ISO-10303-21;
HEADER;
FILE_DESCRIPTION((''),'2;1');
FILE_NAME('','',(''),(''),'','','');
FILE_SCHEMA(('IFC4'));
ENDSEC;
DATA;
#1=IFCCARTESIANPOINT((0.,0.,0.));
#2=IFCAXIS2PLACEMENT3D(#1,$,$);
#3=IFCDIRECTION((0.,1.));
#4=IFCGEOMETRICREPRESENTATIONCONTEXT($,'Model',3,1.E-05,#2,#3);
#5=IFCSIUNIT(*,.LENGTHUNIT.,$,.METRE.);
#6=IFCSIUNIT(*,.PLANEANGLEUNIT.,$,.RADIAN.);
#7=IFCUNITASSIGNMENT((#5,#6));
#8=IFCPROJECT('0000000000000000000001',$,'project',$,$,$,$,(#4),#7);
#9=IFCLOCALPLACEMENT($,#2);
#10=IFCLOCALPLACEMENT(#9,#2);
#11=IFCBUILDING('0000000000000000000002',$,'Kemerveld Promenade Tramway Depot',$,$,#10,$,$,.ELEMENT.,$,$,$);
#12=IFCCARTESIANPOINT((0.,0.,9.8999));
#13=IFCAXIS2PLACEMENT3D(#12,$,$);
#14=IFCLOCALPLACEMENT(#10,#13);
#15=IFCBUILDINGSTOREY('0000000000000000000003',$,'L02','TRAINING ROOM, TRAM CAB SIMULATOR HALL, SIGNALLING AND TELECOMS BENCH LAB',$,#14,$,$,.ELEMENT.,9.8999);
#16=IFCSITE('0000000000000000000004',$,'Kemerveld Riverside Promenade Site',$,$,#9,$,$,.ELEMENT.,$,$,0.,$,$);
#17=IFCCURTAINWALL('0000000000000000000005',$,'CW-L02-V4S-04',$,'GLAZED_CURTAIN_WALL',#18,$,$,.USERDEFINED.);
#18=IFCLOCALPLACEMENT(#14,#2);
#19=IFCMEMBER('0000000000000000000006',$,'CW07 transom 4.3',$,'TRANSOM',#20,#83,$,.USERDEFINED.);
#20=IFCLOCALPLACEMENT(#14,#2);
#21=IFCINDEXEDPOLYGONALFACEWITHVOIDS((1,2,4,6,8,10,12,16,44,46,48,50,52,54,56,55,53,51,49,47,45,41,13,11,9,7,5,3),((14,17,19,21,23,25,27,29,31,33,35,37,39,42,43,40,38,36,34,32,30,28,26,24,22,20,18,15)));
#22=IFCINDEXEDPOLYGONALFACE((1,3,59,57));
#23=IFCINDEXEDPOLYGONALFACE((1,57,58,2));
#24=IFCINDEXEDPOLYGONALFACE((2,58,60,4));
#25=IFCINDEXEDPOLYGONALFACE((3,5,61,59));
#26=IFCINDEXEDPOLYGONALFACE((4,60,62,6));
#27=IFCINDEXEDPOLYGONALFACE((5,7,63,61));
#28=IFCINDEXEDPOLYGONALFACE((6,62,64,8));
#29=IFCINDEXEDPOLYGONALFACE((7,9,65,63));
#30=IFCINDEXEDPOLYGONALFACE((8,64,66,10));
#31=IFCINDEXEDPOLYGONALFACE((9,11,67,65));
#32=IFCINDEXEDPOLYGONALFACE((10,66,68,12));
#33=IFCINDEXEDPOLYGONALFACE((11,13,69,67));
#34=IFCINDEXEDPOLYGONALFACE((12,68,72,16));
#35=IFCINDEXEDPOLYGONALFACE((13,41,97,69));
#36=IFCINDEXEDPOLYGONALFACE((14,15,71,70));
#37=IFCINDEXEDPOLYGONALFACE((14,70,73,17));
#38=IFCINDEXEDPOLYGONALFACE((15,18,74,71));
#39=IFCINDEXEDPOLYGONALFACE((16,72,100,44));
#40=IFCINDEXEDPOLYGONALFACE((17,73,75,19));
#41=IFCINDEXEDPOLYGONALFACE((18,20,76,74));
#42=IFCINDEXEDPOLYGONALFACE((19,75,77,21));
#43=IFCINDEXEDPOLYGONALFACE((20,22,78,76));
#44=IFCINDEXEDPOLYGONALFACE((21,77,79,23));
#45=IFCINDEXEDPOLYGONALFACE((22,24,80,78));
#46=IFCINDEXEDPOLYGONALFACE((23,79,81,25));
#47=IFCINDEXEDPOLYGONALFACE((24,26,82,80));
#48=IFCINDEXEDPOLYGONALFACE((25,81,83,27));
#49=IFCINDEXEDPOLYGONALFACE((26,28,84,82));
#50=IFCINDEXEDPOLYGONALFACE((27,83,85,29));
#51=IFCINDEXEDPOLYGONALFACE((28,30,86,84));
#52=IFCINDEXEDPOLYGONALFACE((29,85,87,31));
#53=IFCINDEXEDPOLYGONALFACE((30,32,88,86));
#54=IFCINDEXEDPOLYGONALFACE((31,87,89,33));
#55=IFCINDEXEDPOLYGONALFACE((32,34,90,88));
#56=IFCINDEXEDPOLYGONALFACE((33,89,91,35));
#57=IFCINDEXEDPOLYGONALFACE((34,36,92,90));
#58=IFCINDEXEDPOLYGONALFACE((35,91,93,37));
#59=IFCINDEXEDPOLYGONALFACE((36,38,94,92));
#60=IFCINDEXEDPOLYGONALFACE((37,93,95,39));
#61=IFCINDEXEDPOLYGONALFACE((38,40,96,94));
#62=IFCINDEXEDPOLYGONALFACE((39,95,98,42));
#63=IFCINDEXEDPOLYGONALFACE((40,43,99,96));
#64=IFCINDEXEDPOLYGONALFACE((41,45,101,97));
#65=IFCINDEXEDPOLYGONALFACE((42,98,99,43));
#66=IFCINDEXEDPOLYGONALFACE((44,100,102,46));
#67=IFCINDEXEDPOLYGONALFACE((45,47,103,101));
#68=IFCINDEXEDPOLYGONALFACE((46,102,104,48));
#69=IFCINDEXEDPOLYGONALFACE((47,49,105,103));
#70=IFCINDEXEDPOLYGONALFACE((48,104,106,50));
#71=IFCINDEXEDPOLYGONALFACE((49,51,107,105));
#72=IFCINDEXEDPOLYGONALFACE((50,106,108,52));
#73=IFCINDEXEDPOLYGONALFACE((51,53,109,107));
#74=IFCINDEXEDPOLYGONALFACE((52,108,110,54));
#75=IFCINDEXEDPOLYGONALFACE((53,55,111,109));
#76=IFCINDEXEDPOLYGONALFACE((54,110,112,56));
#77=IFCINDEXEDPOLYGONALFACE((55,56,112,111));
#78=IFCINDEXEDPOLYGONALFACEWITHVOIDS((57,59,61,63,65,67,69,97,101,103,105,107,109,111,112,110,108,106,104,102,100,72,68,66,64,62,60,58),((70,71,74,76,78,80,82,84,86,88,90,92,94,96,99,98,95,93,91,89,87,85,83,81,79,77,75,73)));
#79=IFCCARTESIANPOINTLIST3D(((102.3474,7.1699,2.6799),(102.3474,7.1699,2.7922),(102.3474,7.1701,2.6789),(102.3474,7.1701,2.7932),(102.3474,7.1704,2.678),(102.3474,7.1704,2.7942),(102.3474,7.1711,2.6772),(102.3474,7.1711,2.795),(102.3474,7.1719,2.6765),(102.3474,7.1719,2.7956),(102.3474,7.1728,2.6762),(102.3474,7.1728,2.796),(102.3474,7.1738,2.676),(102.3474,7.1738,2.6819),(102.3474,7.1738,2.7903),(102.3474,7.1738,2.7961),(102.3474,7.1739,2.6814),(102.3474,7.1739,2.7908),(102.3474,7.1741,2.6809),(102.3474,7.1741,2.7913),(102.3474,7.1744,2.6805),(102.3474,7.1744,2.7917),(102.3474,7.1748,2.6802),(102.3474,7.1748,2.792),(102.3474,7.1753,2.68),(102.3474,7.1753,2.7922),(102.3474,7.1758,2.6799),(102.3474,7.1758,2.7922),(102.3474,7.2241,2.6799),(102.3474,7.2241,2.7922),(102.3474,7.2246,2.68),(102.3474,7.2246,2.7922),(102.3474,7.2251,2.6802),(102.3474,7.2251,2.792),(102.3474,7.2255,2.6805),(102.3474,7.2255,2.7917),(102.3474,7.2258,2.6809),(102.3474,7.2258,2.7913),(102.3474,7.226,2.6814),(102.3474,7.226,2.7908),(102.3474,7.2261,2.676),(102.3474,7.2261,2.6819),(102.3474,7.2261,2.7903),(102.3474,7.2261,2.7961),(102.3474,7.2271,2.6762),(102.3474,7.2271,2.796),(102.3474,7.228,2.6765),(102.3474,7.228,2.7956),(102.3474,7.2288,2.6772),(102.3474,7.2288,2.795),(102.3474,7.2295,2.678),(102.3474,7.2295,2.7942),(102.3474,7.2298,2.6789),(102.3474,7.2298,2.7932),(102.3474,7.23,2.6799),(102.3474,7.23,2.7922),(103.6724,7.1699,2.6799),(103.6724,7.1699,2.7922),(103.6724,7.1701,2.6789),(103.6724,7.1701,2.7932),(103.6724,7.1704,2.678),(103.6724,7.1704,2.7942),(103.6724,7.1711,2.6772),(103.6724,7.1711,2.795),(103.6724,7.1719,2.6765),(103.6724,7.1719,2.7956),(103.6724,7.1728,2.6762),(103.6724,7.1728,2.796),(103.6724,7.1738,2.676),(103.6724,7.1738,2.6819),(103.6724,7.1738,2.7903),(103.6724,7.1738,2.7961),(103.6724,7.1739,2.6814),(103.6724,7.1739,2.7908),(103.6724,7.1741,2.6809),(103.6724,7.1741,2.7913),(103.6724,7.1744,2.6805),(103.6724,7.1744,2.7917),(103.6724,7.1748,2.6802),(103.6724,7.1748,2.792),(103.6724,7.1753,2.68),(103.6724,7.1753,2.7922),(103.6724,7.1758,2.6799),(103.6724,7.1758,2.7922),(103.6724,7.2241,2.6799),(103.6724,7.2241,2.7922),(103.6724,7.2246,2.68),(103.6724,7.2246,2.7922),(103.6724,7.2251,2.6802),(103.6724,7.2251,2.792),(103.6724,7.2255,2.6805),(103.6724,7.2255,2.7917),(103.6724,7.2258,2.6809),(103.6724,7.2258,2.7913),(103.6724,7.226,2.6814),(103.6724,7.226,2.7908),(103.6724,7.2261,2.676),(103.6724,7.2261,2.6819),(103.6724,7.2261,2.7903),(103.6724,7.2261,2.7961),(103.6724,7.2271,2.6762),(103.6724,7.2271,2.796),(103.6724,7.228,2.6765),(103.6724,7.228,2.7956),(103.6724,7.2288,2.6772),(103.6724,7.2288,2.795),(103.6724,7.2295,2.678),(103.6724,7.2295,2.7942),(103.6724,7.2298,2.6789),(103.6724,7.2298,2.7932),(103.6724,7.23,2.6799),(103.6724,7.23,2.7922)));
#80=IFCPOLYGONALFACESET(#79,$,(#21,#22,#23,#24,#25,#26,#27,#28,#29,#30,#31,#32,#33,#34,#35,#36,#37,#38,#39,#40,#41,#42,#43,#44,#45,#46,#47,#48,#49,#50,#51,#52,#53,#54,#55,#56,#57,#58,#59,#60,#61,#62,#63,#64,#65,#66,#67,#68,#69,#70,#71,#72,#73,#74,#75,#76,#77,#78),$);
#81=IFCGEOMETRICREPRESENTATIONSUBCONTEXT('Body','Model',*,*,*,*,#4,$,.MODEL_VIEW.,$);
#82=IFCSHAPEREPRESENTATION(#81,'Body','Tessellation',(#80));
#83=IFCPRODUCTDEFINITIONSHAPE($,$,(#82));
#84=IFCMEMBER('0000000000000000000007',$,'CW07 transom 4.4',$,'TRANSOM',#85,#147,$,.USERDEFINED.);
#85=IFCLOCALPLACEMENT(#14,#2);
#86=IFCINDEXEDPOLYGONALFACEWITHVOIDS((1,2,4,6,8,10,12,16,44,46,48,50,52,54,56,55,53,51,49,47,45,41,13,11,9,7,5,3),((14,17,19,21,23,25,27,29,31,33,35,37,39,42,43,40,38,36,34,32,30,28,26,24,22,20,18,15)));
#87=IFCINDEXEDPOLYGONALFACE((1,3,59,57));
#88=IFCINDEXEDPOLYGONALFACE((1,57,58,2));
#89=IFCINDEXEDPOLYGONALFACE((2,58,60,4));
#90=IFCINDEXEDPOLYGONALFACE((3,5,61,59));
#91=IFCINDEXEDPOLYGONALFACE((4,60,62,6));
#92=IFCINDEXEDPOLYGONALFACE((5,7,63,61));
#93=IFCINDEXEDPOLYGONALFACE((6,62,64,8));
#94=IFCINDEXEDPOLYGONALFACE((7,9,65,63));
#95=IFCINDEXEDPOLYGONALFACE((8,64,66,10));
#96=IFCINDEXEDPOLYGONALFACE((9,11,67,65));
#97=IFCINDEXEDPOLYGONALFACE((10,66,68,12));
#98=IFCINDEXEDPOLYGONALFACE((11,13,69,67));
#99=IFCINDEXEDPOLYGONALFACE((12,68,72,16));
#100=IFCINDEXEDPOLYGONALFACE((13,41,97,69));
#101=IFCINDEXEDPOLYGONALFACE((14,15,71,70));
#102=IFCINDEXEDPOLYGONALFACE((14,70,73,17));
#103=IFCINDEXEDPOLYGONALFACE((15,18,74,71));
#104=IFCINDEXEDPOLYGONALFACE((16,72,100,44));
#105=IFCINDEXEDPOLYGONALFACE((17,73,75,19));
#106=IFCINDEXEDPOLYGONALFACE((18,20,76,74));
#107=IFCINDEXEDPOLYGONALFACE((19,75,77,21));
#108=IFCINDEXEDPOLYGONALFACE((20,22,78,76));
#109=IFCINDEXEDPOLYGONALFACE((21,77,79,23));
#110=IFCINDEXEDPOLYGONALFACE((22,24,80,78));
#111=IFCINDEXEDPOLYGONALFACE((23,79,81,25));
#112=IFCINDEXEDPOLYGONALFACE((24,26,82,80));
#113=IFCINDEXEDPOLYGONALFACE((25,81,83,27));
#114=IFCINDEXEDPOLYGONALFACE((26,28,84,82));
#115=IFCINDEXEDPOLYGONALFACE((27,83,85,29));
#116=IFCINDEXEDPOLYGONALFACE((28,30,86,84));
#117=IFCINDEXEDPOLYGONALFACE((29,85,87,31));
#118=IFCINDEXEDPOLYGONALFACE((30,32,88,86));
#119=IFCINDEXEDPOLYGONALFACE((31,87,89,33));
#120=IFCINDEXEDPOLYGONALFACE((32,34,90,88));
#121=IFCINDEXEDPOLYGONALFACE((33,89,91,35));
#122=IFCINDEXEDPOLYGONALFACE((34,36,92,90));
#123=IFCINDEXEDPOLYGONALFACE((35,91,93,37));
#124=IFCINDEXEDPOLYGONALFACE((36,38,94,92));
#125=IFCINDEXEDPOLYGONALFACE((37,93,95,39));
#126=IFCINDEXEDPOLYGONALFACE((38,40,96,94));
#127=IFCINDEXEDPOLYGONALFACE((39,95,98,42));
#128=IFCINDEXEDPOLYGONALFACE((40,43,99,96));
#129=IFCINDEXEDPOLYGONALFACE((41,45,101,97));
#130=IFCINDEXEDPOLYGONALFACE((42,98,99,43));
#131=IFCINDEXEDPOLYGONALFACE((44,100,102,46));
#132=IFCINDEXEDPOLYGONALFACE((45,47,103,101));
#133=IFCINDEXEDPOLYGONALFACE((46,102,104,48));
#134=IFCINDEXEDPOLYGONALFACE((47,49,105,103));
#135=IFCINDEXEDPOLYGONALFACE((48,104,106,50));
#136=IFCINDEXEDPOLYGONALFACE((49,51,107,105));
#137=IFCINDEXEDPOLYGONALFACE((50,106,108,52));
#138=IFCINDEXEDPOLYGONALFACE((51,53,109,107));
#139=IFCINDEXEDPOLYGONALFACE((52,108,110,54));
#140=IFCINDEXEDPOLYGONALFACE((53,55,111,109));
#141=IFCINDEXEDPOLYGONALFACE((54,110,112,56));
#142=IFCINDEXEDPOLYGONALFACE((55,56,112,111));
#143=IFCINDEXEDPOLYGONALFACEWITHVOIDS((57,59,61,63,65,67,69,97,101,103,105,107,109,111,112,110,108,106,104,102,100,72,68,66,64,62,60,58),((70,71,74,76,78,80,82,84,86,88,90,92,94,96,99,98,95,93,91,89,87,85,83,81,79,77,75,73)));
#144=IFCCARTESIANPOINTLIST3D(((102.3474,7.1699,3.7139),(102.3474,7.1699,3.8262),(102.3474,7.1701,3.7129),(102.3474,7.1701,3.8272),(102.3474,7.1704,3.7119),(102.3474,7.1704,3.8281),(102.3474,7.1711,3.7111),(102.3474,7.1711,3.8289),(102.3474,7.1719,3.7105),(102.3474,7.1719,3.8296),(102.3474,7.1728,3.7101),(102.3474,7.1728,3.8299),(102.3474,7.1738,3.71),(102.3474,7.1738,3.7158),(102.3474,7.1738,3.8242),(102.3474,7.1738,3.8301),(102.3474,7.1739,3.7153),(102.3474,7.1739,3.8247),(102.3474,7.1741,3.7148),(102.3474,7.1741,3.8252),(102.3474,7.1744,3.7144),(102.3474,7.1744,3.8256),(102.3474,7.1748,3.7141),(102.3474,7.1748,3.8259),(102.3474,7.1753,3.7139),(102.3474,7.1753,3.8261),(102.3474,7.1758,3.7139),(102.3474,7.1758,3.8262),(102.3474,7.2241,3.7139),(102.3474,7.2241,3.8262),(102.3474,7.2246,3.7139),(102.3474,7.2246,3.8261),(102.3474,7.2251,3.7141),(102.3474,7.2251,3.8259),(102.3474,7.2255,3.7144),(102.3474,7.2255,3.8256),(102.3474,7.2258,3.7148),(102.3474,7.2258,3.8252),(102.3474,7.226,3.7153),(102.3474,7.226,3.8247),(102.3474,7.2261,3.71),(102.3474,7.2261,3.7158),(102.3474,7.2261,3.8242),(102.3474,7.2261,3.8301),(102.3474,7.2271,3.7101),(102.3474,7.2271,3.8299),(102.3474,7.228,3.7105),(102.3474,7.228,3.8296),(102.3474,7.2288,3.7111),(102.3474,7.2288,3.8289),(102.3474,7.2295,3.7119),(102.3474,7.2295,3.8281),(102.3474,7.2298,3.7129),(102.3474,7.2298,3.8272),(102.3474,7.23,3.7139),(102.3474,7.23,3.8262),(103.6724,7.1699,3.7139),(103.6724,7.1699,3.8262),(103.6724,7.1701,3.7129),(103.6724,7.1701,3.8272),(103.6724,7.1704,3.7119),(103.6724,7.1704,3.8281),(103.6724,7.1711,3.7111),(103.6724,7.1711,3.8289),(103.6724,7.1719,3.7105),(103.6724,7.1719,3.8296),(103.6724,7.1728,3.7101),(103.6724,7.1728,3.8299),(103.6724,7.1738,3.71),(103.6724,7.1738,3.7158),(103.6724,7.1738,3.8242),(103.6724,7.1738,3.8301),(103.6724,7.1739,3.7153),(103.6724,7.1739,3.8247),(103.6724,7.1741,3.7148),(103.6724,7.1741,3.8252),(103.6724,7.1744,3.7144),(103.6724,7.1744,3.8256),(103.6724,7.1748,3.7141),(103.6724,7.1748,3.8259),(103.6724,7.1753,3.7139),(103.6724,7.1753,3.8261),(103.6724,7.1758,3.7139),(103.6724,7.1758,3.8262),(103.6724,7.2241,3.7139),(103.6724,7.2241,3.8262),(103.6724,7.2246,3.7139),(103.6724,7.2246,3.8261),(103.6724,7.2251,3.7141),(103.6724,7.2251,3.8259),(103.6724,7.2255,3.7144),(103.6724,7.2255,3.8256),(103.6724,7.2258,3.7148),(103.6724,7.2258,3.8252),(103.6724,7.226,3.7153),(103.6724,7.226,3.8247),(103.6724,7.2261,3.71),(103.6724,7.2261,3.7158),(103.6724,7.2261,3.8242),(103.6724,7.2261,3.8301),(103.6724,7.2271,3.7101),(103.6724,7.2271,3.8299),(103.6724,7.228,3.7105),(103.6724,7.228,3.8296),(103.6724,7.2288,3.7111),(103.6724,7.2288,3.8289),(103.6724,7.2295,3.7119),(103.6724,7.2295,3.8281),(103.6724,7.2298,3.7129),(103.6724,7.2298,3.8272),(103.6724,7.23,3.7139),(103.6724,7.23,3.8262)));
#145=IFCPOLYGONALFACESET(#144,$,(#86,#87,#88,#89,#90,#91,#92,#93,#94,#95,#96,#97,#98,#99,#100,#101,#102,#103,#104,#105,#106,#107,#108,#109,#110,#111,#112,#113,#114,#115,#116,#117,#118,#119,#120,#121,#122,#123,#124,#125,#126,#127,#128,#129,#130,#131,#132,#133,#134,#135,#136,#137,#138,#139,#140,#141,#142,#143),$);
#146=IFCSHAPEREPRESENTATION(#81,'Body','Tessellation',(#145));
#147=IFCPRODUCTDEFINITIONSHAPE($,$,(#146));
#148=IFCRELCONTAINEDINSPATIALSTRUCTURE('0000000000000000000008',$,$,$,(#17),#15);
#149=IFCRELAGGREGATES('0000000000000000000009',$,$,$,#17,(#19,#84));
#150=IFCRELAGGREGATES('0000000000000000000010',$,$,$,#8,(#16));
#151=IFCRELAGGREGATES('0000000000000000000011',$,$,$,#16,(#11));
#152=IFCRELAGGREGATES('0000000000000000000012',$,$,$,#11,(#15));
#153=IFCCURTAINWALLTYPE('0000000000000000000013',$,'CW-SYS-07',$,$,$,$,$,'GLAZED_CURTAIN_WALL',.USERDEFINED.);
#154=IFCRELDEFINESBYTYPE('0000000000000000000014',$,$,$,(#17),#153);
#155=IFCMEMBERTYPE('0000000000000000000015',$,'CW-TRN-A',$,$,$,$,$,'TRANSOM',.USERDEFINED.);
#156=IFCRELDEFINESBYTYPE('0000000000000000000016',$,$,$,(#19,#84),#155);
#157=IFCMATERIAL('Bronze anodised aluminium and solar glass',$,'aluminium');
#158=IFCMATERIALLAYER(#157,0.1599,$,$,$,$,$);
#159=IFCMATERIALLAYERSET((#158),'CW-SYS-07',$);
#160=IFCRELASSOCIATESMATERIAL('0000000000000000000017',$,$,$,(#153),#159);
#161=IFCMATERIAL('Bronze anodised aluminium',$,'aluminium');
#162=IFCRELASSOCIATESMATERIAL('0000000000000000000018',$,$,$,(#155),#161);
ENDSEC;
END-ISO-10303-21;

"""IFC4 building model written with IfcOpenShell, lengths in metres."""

from ifc_helpers import new_model, si_unit, direction, frame, origin, origin_2d, place, context, subcontext, project, spatial, hollow_rectangle, extrude, material, layer, layer_set, material_profile, profile_set, type_object, element, aggregate, save


model = new_model("IFC4")

# Units and contexts
model_context = context("Model", 3, precision=1e-05, world=origin(), true_north=direction((0.0, 1.0)))
body_context = subcontext(model_context, "Body", "Model", "MODEL_VIEW")
ifc_project = project(units=[si_unit("LENGTHUNIT", "METRE"), si_unit("PLANEANGLEUNIT", "RADIAN")], contexts=[model_context])

# Site, building, storey
site_placement = place(None, origin())
site = spatial("IfcSite", under=ifc_project, at=site_placement, Name="Kemerveld Riverside Promenade Site", CompositionType="ELEMENT", RefElevation=0.0)
building_placement = place(site_placement, origin())
building = spatial("IfcBuilding", under=site, at=building_placement, Name="Kemerveld Promenade Tramway Depot", CompositionType="ELEMENT")
storey_placement = place(building_placement, frame((0.0, 0.0, 9.8999)))
storey = spatial("IfcBuildingStorey", under=building, at=storey_placement, Name="L02", Description="TRAINING ROOM, TRAM CAB SIMULATOR HALL, SIGNALLING AND TELECOMS BENCH LAB", CompositionType="ELEMENT", Elevation=9.8999)

# Curtain wall, members
ifc_material_1 = material(Name="Bronze anodised aluminium and solar glass", Category="aluminium")
ifc_layer_1 = layer(ifc_material_1, 0.1599)
ifc_layer_set_1 = layer_set([ifc_layer_1], Name="CW-SYS-07")
curtain_wall_type = type_object("IfcCurtainWallType", Name="CW-SYS-07", ElementType="GLAZED_CURTAIN_WALL", PredefinedType="USERDEFINED", material=ifc_layer_set_1)
curtain_wall_placement = place(storey_placement, origin())
curtain_wall = element("IfcCurtainWall", 1, at=curtain_wall_placement, inside=storey, type_object=curtain_wall_type, Name="CW-L02-V4S-04", ObjectType="GLAZED_CURTAIN_WALL", PredefinedType="USERDEFINED")
ifc_material_2 = material(Name="Bronze anodised aluminium", Category="aluminium")
ifc_material_profile_1 = material_profile(ifc_material_2, hollow_rectangle(XDim=0.0601, YDim=0.1201, WallThickness=0.0039, InnerFilletRadius=0.002, OuterFilletRadius=0.0039, at=origin_2d()), Name="CW-TRN-120x60")
ifc_profile_set_1 = profile_set([ifc_material_profile_1], Name="Bronze anodised aluminium")
member_type_1 = type_object("IfcMemberType", Name="CW-TRN-A", ElementType="TRANSOM", PredefinedType="USERDEFINED", material=ifc_profile_set_1)
member_1_placement = place(storey_placement, frame((103.6724, 7.2, 2.7361), z_axis=(-1.0, 0.0, 0.0), x_axis=(0.0, -1.0, 0.0)))
member_1 = element("IfcMember", 2, at=member_1_placement, type_object=member_type_1, Name="CW07 transom 4.3", ObjectType="TRANSOM", PredefinedType="USERDEFINED", context=body_context, shape_type="SweptSolid", body=[
    extrude(hollow_rectangle(XDim=0.0601, YDim=0.1201, WallThickness=0.0039, InnerFilletRadius=0.002, OuterFilletRadius=0.0039, at=origin_2d()), origin(), (0.0, 0.0, 1.0), 1.325),
])
member_2_placement = place(storey_placement, frame((103.6724, 7.2, 3.77), z_axis=(-1.0, 0.0, 0.0), x_axis=(0.0, -1.0, 0.0)))
member_2 = element("IfcMember", 3, at=member_2_placement, type_object=member_type_1, Name="CW07 transom 4.4", ObjectType="TRANSOM", PredefinedType="USERDEFINED", context=body_context, shape_type="SweptSolid", body=[
    extrude(hollow_rectangle(XDim=0.0601, YDim=0.1201, WallThickness=0.0039, InnerFilletRadius=0.002, OuterFilletRadius=0.0039, at=origin_2d()), origin(), (0.0, 0.0, 1.0), 1.325),
])
aggregate(curtain_wall, [member_1, member_2])

save(model, "model.ifc")
